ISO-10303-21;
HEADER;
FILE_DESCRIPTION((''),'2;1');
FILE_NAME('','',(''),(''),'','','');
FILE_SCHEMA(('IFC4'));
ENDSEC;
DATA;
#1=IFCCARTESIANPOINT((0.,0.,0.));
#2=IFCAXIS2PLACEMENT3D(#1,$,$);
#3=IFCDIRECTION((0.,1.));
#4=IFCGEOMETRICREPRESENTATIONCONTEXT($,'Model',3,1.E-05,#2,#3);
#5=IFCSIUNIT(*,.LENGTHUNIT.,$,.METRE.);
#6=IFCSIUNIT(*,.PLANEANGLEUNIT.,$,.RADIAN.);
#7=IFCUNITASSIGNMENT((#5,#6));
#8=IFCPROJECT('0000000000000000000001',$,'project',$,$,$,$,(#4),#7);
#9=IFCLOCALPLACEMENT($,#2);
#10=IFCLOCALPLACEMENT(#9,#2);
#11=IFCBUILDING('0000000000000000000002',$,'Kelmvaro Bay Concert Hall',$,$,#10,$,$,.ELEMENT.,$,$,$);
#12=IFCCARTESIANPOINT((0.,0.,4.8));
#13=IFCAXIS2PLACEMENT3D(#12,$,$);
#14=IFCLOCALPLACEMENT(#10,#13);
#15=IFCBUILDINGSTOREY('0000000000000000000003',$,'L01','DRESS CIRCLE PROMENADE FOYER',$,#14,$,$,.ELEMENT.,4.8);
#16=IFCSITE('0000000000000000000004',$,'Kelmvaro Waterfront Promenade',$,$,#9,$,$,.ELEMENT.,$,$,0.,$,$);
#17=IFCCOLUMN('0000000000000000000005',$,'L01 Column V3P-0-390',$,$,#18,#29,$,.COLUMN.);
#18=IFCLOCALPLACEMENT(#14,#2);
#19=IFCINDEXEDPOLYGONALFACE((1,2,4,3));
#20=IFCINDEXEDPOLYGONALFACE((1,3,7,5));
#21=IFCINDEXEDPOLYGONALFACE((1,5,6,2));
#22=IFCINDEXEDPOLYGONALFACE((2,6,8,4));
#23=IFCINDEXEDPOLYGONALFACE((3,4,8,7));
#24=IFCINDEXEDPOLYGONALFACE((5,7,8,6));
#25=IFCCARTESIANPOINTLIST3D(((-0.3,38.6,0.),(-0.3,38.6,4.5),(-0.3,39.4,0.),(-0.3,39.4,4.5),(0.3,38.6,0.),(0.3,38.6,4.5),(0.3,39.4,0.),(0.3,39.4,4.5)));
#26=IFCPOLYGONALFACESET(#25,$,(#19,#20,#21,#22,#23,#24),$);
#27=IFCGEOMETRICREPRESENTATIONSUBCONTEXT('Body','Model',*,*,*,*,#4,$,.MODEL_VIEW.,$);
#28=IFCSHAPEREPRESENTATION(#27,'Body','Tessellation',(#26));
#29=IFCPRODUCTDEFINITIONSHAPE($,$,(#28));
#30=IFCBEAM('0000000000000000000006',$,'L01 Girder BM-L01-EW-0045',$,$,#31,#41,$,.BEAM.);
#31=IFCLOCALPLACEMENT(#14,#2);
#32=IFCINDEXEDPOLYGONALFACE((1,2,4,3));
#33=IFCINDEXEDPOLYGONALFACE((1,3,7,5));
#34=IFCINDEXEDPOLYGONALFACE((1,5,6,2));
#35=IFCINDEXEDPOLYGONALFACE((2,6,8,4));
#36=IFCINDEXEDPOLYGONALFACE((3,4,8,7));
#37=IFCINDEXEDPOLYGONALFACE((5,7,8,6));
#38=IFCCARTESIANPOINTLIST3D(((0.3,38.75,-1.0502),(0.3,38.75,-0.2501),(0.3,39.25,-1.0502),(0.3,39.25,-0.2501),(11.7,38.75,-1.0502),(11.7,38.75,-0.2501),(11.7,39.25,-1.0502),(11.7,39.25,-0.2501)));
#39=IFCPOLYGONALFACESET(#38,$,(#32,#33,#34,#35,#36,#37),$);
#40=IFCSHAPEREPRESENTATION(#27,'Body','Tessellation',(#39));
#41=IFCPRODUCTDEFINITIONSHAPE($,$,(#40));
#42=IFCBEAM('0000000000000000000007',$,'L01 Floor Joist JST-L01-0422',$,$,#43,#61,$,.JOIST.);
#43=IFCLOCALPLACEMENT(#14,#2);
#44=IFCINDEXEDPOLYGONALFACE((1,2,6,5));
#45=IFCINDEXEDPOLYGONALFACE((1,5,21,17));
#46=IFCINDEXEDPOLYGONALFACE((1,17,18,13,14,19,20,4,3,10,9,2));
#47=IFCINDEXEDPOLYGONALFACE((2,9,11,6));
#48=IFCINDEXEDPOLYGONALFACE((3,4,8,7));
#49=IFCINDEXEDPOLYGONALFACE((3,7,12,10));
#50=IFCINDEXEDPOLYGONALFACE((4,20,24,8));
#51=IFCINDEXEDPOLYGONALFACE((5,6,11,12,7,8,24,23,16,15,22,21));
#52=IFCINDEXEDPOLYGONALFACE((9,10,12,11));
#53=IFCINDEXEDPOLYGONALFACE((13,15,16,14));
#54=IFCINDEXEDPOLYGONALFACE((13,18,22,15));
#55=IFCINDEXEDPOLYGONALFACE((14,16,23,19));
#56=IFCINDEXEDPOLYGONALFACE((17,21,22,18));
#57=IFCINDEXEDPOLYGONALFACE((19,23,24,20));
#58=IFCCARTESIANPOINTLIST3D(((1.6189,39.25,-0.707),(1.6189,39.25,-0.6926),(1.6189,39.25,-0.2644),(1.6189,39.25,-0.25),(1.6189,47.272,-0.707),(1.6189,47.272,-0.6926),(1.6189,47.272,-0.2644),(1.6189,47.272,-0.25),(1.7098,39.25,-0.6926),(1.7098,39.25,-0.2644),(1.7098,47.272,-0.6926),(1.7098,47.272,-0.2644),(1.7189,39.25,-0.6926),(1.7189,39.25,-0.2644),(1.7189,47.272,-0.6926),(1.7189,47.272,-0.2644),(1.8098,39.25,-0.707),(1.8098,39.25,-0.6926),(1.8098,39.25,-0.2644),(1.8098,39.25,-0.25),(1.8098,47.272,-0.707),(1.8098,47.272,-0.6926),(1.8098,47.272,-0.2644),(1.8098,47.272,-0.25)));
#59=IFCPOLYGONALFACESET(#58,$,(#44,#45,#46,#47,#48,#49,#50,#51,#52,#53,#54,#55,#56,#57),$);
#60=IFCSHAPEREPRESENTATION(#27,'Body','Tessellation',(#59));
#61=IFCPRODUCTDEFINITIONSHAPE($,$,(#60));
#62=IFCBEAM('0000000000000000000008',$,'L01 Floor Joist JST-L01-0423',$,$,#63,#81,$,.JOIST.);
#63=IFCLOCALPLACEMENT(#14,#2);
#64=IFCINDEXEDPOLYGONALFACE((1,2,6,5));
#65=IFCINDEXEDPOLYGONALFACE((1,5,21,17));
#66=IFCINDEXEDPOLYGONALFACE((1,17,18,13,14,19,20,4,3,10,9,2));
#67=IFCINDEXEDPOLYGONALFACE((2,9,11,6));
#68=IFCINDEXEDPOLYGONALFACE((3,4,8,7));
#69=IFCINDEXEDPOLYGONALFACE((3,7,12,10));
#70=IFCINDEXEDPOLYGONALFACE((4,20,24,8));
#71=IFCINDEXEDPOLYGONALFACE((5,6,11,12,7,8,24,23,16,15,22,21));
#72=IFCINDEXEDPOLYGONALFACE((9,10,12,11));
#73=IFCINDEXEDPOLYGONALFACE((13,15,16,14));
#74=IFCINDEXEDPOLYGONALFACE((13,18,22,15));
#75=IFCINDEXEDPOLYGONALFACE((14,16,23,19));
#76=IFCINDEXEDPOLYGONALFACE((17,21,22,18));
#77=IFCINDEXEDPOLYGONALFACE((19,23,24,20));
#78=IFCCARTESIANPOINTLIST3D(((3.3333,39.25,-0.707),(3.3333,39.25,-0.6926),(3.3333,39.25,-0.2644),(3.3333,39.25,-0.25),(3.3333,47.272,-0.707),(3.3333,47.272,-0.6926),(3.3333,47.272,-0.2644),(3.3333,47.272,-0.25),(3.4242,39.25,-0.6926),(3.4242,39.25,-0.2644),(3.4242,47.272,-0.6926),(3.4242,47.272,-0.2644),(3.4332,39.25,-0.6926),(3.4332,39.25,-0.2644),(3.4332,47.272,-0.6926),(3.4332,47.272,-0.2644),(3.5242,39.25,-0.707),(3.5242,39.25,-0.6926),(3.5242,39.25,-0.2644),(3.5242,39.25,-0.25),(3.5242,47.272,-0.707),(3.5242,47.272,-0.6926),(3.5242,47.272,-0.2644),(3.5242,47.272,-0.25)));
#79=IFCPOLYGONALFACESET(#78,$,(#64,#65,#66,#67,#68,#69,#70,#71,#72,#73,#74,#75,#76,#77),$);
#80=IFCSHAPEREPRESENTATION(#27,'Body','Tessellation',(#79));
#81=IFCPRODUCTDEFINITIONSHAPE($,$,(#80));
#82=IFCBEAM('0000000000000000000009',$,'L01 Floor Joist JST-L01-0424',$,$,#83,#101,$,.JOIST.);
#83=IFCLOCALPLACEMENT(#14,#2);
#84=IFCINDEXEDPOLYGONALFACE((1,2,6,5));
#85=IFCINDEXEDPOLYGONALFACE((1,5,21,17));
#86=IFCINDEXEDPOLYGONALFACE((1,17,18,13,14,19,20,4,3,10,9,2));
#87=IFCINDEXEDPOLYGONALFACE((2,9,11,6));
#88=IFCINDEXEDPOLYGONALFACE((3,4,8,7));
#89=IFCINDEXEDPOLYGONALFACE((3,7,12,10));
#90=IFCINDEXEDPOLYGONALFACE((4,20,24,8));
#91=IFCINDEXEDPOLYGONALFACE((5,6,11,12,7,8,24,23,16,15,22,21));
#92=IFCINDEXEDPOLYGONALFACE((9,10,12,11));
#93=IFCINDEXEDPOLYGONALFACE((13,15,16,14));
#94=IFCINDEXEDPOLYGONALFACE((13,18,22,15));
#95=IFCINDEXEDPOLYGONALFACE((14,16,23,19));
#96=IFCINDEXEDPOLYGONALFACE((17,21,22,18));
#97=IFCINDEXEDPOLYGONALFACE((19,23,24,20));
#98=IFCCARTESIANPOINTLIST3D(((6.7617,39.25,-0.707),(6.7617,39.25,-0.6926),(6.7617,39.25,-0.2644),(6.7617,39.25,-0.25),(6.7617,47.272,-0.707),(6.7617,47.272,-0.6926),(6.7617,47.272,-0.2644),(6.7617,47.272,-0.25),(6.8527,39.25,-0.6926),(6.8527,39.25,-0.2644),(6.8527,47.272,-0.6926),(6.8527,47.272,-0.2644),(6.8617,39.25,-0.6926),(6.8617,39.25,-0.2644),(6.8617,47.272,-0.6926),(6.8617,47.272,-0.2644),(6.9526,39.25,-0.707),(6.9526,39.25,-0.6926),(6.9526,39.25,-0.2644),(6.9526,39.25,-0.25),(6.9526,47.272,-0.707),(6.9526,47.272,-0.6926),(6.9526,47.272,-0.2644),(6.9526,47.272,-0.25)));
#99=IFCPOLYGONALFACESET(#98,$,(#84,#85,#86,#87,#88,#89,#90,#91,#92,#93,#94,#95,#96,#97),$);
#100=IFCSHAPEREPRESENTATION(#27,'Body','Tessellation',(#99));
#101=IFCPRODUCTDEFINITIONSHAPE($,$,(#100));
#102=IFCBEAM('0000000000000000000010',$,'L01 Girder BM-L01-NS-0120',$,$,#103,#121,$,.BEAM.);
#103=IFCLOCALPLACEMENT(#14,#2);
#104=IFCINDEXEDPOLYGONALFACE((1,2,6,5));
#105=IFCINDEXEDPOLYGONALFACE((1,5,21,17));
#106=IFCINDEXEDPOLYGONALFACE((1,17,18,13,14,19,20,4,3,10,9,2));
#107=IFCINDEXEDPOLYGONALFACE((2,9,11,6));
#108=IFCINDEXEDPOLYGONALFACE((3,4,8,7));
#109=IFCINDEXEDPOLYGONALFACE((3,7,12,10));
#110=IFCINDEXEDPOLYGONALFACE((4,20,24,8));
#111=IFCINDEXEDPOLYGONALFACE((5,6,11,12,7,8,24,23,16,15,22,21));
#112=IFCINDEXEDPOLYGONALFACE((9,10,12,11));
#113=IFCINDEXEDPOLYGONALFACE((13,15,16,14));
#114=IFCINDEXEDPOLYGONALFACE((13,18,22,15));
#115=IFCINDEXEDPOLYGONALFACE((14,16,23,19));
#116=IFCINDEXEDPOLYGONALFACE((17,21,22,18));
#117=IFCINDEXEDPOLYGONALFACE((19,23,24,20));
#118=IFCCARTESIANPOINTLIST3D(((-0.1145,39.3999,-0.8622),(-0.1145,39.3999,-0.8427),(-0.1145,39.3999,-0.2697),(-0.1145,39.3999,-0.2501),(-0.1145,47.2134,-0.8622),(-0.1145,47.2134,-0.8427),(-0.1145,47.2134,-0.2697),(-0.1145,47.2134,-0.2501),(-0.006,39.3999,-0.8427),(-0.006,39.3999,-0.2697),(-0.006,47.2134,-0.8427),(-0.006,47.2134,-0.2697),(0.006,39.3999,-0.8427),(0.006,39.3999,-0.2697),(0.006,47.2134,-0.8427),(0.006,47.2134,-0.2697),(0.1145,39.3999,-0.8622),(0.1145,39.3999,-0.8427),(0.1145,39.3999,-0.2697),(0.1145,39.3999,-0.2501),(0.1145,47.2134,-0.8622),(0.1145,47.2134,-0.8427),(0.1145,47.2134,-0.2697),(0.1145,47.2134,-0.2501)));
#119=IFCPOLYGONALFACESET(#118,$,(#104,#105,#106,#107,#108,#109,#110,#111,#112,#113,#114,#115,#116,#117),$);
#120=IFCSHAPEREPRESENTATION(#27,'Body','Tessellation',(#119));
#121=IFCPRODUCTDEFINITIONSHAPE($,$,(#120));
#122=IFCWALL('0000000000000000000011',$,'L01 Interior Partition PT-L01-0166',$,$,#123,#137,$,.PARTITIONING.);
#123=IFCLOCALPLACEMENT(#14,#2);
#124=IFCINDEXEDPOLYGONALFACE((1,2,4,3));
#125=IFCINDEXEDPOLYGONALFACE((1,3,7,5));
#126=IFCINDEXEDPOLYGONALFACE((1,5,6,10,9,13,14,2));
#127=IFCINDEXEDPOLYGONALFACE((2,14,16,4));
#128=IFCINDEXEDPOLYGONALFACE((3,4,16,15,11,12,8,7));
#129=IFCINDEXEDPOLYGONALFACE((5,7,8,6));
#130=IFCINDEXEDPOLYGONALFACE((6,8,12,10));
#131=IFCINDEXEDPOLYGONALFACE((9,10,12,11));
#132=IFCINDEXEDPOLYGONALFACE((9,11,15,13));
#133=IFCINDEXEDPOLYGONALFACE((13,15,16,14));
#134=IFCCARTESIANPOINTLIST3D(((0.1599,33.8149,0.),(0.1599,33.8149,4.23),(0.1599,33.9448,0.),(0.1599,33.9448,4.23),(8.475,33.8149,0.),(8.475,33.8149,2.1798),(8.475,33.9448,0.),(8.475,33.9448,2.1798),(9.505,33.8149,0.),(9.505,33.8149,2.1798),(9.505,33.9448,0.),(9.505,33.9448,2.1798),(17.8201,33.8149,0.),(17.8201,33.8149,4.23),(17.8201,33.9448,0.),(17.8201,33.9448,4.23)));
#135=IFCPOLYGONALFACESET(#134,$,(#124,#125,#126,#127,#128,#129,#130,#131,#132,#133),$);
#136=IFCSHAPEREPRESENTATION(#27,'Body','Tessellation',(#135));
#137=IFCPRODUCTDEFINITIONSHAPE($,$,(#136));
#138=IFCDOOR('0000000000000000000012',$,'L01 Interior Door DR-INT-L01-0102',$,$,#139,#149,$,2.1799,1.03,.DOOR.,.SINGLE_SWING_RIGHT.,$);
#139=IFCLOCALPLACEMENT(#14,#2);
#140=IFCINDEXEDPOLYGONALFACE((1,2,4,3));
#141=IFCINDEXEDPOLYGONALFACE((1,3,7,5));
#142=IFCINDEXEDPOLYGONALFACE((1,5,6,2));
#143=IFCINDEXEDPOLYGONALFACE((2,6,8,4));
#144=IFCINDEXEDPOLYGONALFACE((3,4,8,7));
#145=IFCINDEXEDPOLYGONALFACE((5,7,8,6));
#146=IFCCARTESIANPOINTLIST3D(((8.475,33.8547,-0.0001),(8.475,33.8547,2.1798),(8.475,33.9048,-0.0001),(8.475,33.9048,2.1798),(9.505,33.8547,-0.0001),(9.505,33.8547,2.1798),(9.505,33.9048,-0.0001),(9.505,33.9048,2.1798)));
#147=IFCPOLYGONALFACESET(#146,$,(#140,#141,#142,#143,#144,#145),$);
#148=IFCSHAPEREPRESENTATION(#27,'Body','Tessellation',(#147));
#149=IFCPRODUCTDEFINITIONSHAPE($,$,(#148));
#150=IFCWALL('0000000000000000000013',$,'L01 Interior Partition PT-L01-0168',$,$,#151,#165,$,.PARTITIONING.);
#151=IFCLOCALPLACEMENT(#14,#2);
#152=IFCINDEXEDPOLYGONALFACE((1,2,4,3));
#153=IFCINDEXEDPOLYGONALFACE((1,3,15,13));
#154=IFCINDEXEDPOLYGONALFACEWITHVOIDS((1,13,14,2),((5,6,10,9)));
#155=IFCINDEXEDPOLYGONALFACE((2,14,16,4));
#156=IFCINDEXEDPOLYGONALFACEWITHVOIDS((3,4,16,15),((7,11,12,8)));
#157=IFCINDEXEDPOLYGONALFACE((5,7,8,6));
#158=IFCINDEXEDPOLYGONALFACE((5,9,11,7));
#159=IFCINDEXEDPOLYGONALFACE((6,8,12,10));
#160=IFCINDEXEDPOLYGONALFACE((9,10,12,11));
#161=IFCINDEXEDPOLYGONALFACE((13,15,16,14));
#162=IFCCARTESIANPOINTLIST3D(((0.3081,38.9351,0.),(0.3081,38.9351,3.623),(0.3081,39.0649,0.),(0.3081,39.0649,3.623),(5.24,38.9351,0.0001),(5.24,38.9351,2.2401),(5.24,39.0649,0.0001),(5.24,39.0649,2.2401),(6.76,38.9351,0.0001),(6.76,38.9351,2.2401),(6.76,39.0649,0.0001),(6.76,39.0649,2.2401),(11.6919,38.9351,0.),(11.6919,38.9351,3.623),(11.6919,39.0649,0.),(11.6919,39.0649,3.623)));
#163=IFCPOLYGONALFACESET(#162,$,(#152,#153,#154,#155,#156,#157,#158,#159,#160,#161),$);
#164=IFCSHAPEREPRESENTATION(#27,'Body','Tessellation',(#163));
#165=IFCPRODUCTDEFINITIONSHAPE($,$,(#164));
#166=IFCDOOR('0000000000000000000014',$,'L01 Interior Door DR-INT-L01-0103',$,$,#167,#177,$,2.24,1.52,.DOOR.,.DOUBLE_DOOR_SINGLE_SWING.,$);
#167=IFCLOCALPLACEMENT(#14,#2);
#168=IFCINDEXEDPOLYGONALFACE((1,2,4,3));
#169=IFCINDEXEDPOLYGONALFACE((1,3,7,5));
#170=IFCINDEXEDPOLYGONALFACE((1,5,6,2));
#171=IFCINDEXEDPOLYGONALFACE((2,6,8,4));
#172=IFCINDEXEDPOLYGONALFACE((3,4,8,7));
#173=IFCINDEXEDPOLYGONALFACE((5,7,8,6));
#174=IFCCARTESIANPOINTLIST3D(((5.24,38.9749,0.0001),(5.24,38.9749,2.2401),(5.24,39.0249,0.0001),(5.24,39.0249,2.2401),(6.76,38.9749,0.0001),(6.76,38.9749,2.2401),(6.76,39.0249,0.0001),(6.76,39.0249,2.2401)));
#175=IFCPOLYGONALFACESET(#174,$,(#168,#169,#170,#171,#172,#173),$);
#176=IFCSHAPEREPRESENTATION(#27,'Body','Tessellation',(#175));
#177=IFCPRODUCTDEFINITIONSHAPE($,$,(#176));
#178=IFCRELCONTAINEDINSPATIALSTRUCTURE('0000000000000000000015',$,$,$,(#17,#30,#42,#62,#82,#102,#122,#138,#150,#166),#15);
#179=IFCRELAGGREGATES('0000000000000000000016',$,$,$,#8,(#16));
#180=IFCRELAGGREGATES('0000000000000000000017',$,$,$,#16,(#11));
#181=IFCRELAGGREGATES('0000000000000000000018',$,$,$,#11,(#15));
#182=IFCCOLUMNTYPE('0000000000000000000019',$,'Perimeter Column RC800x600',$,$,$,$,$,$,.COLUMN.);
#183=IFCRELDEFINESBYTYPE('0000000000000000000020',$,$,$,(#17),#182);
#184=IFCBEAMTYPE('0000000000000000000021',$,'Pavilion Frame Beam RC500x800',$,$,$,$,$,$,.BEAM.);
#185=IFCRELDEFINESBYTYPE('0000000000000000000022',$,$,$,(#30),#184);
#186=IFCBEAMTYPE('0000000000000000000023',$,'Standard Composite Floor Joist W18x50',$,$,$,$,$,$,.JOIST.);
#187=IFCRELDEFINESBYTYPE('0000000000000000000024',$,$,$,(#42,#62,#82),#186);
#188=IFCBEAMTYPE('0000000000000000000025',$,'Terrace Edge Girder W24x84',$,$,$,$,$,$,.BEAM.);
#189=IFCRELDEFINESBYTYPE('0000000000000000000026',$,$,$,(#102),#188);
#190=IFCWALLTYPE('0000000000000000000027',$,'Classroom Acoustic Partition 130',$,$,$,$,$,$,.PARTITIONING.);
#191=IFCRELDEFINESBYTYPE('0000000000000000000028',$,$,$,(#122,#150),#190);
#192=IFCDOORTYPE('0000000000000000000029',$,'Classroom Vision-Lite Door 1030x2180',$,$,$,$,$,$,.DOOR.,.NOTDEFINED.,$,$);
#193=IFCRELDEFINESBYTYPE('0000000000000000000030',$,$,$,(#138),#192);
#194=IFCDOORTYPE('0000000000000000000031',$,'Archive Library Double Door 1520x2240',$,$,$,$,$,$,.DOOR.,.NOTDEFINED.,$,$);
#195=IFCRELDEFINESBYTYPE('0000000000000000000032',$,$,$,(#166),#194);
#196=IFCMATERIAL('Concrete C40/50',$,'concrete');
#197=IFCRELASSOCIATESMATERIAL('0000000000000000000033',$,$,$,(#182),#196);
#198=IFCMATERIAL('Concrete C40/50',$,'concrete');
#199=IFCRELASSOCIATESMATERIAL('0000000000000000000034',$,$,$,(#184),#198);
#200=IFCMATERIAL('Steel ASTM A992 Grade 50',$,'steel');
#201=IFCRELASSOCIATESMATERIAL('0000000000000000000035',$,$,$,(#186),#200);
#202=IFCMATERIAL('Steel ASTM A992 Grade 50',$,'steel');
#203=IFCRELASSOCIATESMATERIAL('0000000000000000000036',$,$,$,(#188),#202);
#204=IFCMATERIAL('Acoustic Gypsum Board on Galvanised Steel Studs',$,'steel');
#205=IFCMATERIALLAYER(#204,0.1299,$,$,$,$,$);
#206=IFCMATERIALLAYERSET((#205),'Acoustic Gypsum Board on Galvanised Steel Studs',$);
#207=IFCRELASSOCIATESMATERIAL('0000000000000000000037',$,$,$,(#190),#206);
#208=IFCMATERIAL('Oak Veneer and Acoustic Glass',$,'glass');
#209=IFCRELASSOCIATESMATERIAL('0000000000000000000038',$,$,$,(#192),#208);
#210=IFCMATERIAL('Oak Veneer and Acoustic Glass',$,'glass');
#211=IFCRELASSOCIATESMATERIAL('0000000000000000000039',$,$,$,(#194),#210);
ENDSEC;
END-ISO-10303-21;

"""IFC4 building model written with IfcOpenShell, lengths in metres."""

from ifc_helpers import new_model, si_unit, direction, frame, frame_2d, origin, origin_2d, place, context, subcontext, project, spatial, rectangle, i_section, extrude, material, layer, layer_set, material_profile, profile_set, type_object, element, fill, save


model = new_model("IFC4")

# Units and contexts
model_context = context("Model", 3, precision=1e-05, world=origin(), true_north=direction((0.0, 1.0)))
body_context = subcontext(model_context, "Body", "Model", "MODEL_VIEW")
ifc_project = project(units=[si_unit("LENGTHUNIT", "METRE"), si_unit("PLANEANGLEUNIT", "RADIAN")], contexts=[model_context])

# Site, building, storey
site_placement = place(None, origin())
site = spatial("IfcSite", under=ifc_project, at=site_placement, Name="Kelmvaro Waterfront Promenade", CompositionType="ELEMENT", RefElevation=0.0)
building_placement = place(site_placement, origin())
building = spatial("IfcBuilding", under=site, at=building_placement, Name="Kelmvaro Bay Concert Hall", CompositionType="ELEMENT")
storey_placement = place(building_placement, frame((0.0, 0.0, 4.8)))
storey = spatial("IfcBuildingStorey", under=building, at=storey_placement, Name="L01", Description="DRESS CIRCLE PROMENADE FOYER", CompositionType="ELEMENT", Elevation=4.8)

# Column
ifc_material_1 = material(Name="Concrete C40/50", Category="concrete")
ifc_material_profile_1 = material_profile(ifc_material_1, rectangle(XDim=0.6001, YDim=0.8, at=origin_2d()), Name="RC-COL-800X600")
ifc_profile_set_1 = profile_set([ifc_material_profile_1], Name="Concrete C40/50")
column_type = type_object("IfcColumnType", Name="Perimeter Column RC800x600", PredefinedType="COLUMN", material=ifc_profile_set_1)
column_placement = place(storey_placement, frame((0.0, 39.0, 0.0), z_axis=(0.0, 0.0, 1.0), x_axis=(1.0, 0.0, 0.0)))
element("IfcColumn", 1, at=column_placement, inside=storey, type_object=column_type, Name="L01 Column V3P-0-390", PredefinedType="COLUMN", context=body_context, shape_type="SweptSolid", body=[
    extrude(rectangle(XDim=0.6001, YDim=0.8, at=origin_2d()), origin(), (0.0, 0.0, 1.0), 4.5),
])

# Beams
ifc_material_2 = material(Name="Concrete C40/50", Category="concrete")
ifc_material_profile_2 = material_profile(ifc_material_2, rectangle(XDim=0.5, YDim=0.8, at=origin_2d()), Name="RC-BM-500X800")
ifc_profile_set_2 = profile_set([ifc_material_profile_2], Name="Concrete C40/50")
beam_type_1 = type_object("IfcBeamType", Name="Pavilion Frame Beam RC500x800", PredefinedType="BEAM", material=ifc_profile_set_2)
beam_1_placement = place(storey_placement, frame((0.3, 39.0, -0.6501), z_axis=(1.0, 0.0, 0.0), x_axis=(0.0, 1.0, 0.0)))
element("IfcBeam", 2, at=beam_1_placement, inside=storey, type_object=beam_type_1, Name="L01 Girder BM-L01-EW-0045", PredefinedType="BEAM", context=body_context, shape_type="SweptSolid", body=[
    extrude(rectangle(XDim=0.5, YDim=0.8, at=origin_2d()), origin(), (0.0, 0.0, 1.0), 11.3999),
])
ifc_material_3 = material(Name="Steel ASTM A992 Grade 50", Category="steel")
ifc_material_profile_3 = material_profile(ifc_material_3, i_section(OverallWidth=0.1909, OverallDepth=0.457, WebThickness=0.009, FlangeThickness=0.0144, at=origin_2d()), Name="W18X50")
ifc_profile_set_3 = profile_set([ifc_material_profile_3], Name="Steel ASTM A992 Grade 50")
beam_type_2 = type_object("IfcBeamType", Name="Standard Composite Floor Joist W18x50", PredefinedType="JOIST", material=ifc_profile_set_3)
for number, where, z_axis, x_axis, name in (
    (3, (1.7144, 39.25, -0.4785), (0.0, 1.0, 0.0), (-1.0, 0.0, 0.0), "L01 Floor Joist JST-L01-0422"),
    (4, (3.4287, 39.25, -0.4785), (0.0, 1.0, 0.0), (-1.0, 0.0, 0.0), "L01 Floor Joist JST-L01-0423"),
    (5, (6.8572, 39.25, -0.4785), (0.0, 1.0, 0.0), (-1.0, 0.0, 0.0), "L01 Floor Joist JST-L01-0424"),
):
    element("IfcBeam", number, at=place(storey_placement, frame(where, z_axis=z_axis, x_axis=x_axis)), inside=storey, type_object=beam_type_2, Name=name, PredefinedType="JOIST", context=body_context, shape_type="SweptSolid", body=[
        extrude(i_section(OverallWidth=0.1909, OverallDepth=0.457, WebThickness=0.009, FlangeThickness=0.0144, at=origin_2d()), origin(), (0.0, 0.0, 1.0), 8.022),
    ])
ifc_material_4 = material(Name="Steel ASTM A992 Grade 50", Category="steel")
ifc_material_profile_4 = material_profile(ifc_material_4, i_section(OverallWidth=0.229, OverallDepth=0.6121, WebThickness=0.012, FlangeThickness=0.0195, at=origin_2d()), Name="W24X84")
ifc_profile_set_4 = profile_set([ifc_material_profile_4], Name="Steel ASTM A992 Grade 50")
beam_type_3 = type_object("IfcBeamType", Name="Terrace Edge Girder W24x84", PredefinedType="BEAM", material=ifc_profile_set_4)
beam_2_placement = place(storey_placement, frame((0.0, 39.3999, -0.5562), z_axis=(0.0, 1.0, 0.0), x_axis=(-1.0, 0.0, 0.0)))
element("IfcBeam", 6, at=beam_2_placement, inside=storey, type_object=beam_type_3, Name="L01 Girder BM-L01-NS-0120", PredefinedType="BEAM", context=body_context, shape_type="SweptSolid", body=[
    extrude(i_section(OverallWidth=0.229, OverallDepth=0.6121, WebThickness=0.012, FlangeThickness=0.0195, at=origin_2d()), origin(), (0.0, 0.0, 1.0), 7.8135),
])

# Walls, openings, doors
ifc_material_5 = material(Name="Acoustic Gypsum Board on Galvanised Steel Studs", Category="steel")
ifc_layer_1 = layer(ifc_material_5, 0.1299)
ifc_layer_set_1 = layer_set([ifc_layer_1], Name="Acoustic Gypsum Board on Galvanised Steel Studs")
wall_type_1 = type_object("IfcWallType", Name="Classroom Acoustic Partition 130", PredefinedType="PARTITIONING", material=ifc_layer_set_1)
wall_1_placement = place(storey_placement, frame((0.1599, 33.8799, 0.0), z_axis=(0.0, 0.0, 1.0), x_axis=(1.0, 0.0, 0.0)))
wall_1 = element("IfcWall", 7, at=wall_1_placement, inside=storey, type_object=wall_type_1, Name="L01 Interior Partition PT-L01-0166", PredefinedType="PARTITIONING", context=body_context, shape_type="SweptSolid", body=[
    extrude(rectangle(XDim=17.6602, YDim=0.1299, at=frame_2d((8.8301, 0.0))), origin(), (0.0, 0.0, 1.0), 4.23),
])
opening_1_placement = place(wall_1_placement, frame((8.3149, 0.0, 0.0)))
opening_1 = element("IfcOpeningElement", 8, at=opening_1_placement, cuts=wall_1, PredefinedType="OPENING", context=body_context, shape_type="SweptSolid", body=[
    extrude(rectangle(XDim=1.03, YDim=2.1799, at=frame_2d((0.5151, 1.0898))), frame((0.0, 0.075, 0.0), z_axis=(0.0, -1.0, 0.0), x_axis=(1.0, 0.0, 0.0)), (0.0, 0.0, 1.0), 0.1499),
])
ifc_material_6 = material(Name="Oak Veneer and Acoustic Glass", Category="glass")
door_type_1 = type_object("IfcDoorType", Name="Classroom Vision-Lite Door 1030x2180", OperationType="NOTDEFINED", PredefinedType="DOOR", material=ifc_material_6)
door_1_placement = place(opening_1_placement, origin())
door_1 = element("IfcDoor", 9, at=door_1_placement, inside=storey, type_object=door_type_1, Name="L01 Interior Door DR-INT-L01-0102", OperationType="SINGLE_SWING_RIGHT", OverallHeight=2.1799, OverallWidth=1.03, PredefinedType="DOOR", context=body_context, shape_type="SweptSolid", body=[
    extrude(rectangle(XDim=1.03, YDim=2.1799, at=frame_2d((0.5151, 1.0898))), frame((0.0, 0.0249, 0.0), z_axis=(0.0, -1.0, 0.0), x_axis=(1.0, 0.0, 0.0)), (0.0, 0.0, 1.0), 0.05),
])
fill(opening_1, door_1)
wall_2_placement = place(storey_placement, frame((0.3081, 39.0, 0.0), z_axis=(0.0, 0.0, 1.0), x_axis=(1.0, 0.0, 0.0)))
wall_2 = element("IfcWall", 10, at=wall_2_placement, inside=storey, type_object=wall_type_1, Name="L01 Interior Partition PT-L01-0168", PredefinedType="PARTITIONING", context=body_context, shape_type="SweptSolid", body=[
    extrude(rectangle(XDim=11.3838, YDim=0.1299, at=frame_2d((5.6919, 0.0))), origin(), (0.0, 0.0, 1.0), 3.623),
])
opening_2_placement = place(wall_2_placement, frame((4.9319, 0.0, 0.0)))
opening_2 = element("IfcOpeningElement", 11, at=opening_2_placement, cuts=wall_2, PredefinedType="OPENING", context=body_context, shape_type="SweptSolid", body=[
    extrude(rectangle(XDim=1.52, YDim=2.24, at=frame_2d((0.76, 1.1201))), frame((0.0, 0.075, 0.0), z_axis=(0.0, -1.0, 0.0), x_axis=(1.0, 0.0, 0.0)), (0.0, 0.0, 1.0), 0.1499),
])
ifc_material_7 = material(Name="Oak Veneer and Acoustic Glass", Category="glass")
door_type_2 = type_object("IfcDoorType", Name="Archive Library Double Door 1520x2240", OperationType="NOTDEFINED", PredefinedType="DOOR", material=ifc_material_7)
door_2_placement = place(opening_2_placement, origin())
door_2 = element("IfcDoor", 12, at=door_2_placement, inside=storey, type_object=door_type_2, Name="L01 Interior Door DR-INT-L01-0103", OperationType="DOUBLE_DOOR_SINGLE_SWING", OverallHeight=2.24, OverallWidth=1.52, PredefinedType="DOOR", context=body_context, shape_type="SweptSolid", body=[
    extrude(rectangle(XDim=1.52, YDim=2.24, at=frame_2d((0.76, 1.1201))), frame((0.0, 0.0249, 0.0), z_axis=(0.0, -1.0, 0.0), x_axis=(1.0, 0.0, 0.0)), (0.0, 0.0, 1.0), 0.05),
])
fill(opening_2, door_2)

save(model, "model.ifc")
